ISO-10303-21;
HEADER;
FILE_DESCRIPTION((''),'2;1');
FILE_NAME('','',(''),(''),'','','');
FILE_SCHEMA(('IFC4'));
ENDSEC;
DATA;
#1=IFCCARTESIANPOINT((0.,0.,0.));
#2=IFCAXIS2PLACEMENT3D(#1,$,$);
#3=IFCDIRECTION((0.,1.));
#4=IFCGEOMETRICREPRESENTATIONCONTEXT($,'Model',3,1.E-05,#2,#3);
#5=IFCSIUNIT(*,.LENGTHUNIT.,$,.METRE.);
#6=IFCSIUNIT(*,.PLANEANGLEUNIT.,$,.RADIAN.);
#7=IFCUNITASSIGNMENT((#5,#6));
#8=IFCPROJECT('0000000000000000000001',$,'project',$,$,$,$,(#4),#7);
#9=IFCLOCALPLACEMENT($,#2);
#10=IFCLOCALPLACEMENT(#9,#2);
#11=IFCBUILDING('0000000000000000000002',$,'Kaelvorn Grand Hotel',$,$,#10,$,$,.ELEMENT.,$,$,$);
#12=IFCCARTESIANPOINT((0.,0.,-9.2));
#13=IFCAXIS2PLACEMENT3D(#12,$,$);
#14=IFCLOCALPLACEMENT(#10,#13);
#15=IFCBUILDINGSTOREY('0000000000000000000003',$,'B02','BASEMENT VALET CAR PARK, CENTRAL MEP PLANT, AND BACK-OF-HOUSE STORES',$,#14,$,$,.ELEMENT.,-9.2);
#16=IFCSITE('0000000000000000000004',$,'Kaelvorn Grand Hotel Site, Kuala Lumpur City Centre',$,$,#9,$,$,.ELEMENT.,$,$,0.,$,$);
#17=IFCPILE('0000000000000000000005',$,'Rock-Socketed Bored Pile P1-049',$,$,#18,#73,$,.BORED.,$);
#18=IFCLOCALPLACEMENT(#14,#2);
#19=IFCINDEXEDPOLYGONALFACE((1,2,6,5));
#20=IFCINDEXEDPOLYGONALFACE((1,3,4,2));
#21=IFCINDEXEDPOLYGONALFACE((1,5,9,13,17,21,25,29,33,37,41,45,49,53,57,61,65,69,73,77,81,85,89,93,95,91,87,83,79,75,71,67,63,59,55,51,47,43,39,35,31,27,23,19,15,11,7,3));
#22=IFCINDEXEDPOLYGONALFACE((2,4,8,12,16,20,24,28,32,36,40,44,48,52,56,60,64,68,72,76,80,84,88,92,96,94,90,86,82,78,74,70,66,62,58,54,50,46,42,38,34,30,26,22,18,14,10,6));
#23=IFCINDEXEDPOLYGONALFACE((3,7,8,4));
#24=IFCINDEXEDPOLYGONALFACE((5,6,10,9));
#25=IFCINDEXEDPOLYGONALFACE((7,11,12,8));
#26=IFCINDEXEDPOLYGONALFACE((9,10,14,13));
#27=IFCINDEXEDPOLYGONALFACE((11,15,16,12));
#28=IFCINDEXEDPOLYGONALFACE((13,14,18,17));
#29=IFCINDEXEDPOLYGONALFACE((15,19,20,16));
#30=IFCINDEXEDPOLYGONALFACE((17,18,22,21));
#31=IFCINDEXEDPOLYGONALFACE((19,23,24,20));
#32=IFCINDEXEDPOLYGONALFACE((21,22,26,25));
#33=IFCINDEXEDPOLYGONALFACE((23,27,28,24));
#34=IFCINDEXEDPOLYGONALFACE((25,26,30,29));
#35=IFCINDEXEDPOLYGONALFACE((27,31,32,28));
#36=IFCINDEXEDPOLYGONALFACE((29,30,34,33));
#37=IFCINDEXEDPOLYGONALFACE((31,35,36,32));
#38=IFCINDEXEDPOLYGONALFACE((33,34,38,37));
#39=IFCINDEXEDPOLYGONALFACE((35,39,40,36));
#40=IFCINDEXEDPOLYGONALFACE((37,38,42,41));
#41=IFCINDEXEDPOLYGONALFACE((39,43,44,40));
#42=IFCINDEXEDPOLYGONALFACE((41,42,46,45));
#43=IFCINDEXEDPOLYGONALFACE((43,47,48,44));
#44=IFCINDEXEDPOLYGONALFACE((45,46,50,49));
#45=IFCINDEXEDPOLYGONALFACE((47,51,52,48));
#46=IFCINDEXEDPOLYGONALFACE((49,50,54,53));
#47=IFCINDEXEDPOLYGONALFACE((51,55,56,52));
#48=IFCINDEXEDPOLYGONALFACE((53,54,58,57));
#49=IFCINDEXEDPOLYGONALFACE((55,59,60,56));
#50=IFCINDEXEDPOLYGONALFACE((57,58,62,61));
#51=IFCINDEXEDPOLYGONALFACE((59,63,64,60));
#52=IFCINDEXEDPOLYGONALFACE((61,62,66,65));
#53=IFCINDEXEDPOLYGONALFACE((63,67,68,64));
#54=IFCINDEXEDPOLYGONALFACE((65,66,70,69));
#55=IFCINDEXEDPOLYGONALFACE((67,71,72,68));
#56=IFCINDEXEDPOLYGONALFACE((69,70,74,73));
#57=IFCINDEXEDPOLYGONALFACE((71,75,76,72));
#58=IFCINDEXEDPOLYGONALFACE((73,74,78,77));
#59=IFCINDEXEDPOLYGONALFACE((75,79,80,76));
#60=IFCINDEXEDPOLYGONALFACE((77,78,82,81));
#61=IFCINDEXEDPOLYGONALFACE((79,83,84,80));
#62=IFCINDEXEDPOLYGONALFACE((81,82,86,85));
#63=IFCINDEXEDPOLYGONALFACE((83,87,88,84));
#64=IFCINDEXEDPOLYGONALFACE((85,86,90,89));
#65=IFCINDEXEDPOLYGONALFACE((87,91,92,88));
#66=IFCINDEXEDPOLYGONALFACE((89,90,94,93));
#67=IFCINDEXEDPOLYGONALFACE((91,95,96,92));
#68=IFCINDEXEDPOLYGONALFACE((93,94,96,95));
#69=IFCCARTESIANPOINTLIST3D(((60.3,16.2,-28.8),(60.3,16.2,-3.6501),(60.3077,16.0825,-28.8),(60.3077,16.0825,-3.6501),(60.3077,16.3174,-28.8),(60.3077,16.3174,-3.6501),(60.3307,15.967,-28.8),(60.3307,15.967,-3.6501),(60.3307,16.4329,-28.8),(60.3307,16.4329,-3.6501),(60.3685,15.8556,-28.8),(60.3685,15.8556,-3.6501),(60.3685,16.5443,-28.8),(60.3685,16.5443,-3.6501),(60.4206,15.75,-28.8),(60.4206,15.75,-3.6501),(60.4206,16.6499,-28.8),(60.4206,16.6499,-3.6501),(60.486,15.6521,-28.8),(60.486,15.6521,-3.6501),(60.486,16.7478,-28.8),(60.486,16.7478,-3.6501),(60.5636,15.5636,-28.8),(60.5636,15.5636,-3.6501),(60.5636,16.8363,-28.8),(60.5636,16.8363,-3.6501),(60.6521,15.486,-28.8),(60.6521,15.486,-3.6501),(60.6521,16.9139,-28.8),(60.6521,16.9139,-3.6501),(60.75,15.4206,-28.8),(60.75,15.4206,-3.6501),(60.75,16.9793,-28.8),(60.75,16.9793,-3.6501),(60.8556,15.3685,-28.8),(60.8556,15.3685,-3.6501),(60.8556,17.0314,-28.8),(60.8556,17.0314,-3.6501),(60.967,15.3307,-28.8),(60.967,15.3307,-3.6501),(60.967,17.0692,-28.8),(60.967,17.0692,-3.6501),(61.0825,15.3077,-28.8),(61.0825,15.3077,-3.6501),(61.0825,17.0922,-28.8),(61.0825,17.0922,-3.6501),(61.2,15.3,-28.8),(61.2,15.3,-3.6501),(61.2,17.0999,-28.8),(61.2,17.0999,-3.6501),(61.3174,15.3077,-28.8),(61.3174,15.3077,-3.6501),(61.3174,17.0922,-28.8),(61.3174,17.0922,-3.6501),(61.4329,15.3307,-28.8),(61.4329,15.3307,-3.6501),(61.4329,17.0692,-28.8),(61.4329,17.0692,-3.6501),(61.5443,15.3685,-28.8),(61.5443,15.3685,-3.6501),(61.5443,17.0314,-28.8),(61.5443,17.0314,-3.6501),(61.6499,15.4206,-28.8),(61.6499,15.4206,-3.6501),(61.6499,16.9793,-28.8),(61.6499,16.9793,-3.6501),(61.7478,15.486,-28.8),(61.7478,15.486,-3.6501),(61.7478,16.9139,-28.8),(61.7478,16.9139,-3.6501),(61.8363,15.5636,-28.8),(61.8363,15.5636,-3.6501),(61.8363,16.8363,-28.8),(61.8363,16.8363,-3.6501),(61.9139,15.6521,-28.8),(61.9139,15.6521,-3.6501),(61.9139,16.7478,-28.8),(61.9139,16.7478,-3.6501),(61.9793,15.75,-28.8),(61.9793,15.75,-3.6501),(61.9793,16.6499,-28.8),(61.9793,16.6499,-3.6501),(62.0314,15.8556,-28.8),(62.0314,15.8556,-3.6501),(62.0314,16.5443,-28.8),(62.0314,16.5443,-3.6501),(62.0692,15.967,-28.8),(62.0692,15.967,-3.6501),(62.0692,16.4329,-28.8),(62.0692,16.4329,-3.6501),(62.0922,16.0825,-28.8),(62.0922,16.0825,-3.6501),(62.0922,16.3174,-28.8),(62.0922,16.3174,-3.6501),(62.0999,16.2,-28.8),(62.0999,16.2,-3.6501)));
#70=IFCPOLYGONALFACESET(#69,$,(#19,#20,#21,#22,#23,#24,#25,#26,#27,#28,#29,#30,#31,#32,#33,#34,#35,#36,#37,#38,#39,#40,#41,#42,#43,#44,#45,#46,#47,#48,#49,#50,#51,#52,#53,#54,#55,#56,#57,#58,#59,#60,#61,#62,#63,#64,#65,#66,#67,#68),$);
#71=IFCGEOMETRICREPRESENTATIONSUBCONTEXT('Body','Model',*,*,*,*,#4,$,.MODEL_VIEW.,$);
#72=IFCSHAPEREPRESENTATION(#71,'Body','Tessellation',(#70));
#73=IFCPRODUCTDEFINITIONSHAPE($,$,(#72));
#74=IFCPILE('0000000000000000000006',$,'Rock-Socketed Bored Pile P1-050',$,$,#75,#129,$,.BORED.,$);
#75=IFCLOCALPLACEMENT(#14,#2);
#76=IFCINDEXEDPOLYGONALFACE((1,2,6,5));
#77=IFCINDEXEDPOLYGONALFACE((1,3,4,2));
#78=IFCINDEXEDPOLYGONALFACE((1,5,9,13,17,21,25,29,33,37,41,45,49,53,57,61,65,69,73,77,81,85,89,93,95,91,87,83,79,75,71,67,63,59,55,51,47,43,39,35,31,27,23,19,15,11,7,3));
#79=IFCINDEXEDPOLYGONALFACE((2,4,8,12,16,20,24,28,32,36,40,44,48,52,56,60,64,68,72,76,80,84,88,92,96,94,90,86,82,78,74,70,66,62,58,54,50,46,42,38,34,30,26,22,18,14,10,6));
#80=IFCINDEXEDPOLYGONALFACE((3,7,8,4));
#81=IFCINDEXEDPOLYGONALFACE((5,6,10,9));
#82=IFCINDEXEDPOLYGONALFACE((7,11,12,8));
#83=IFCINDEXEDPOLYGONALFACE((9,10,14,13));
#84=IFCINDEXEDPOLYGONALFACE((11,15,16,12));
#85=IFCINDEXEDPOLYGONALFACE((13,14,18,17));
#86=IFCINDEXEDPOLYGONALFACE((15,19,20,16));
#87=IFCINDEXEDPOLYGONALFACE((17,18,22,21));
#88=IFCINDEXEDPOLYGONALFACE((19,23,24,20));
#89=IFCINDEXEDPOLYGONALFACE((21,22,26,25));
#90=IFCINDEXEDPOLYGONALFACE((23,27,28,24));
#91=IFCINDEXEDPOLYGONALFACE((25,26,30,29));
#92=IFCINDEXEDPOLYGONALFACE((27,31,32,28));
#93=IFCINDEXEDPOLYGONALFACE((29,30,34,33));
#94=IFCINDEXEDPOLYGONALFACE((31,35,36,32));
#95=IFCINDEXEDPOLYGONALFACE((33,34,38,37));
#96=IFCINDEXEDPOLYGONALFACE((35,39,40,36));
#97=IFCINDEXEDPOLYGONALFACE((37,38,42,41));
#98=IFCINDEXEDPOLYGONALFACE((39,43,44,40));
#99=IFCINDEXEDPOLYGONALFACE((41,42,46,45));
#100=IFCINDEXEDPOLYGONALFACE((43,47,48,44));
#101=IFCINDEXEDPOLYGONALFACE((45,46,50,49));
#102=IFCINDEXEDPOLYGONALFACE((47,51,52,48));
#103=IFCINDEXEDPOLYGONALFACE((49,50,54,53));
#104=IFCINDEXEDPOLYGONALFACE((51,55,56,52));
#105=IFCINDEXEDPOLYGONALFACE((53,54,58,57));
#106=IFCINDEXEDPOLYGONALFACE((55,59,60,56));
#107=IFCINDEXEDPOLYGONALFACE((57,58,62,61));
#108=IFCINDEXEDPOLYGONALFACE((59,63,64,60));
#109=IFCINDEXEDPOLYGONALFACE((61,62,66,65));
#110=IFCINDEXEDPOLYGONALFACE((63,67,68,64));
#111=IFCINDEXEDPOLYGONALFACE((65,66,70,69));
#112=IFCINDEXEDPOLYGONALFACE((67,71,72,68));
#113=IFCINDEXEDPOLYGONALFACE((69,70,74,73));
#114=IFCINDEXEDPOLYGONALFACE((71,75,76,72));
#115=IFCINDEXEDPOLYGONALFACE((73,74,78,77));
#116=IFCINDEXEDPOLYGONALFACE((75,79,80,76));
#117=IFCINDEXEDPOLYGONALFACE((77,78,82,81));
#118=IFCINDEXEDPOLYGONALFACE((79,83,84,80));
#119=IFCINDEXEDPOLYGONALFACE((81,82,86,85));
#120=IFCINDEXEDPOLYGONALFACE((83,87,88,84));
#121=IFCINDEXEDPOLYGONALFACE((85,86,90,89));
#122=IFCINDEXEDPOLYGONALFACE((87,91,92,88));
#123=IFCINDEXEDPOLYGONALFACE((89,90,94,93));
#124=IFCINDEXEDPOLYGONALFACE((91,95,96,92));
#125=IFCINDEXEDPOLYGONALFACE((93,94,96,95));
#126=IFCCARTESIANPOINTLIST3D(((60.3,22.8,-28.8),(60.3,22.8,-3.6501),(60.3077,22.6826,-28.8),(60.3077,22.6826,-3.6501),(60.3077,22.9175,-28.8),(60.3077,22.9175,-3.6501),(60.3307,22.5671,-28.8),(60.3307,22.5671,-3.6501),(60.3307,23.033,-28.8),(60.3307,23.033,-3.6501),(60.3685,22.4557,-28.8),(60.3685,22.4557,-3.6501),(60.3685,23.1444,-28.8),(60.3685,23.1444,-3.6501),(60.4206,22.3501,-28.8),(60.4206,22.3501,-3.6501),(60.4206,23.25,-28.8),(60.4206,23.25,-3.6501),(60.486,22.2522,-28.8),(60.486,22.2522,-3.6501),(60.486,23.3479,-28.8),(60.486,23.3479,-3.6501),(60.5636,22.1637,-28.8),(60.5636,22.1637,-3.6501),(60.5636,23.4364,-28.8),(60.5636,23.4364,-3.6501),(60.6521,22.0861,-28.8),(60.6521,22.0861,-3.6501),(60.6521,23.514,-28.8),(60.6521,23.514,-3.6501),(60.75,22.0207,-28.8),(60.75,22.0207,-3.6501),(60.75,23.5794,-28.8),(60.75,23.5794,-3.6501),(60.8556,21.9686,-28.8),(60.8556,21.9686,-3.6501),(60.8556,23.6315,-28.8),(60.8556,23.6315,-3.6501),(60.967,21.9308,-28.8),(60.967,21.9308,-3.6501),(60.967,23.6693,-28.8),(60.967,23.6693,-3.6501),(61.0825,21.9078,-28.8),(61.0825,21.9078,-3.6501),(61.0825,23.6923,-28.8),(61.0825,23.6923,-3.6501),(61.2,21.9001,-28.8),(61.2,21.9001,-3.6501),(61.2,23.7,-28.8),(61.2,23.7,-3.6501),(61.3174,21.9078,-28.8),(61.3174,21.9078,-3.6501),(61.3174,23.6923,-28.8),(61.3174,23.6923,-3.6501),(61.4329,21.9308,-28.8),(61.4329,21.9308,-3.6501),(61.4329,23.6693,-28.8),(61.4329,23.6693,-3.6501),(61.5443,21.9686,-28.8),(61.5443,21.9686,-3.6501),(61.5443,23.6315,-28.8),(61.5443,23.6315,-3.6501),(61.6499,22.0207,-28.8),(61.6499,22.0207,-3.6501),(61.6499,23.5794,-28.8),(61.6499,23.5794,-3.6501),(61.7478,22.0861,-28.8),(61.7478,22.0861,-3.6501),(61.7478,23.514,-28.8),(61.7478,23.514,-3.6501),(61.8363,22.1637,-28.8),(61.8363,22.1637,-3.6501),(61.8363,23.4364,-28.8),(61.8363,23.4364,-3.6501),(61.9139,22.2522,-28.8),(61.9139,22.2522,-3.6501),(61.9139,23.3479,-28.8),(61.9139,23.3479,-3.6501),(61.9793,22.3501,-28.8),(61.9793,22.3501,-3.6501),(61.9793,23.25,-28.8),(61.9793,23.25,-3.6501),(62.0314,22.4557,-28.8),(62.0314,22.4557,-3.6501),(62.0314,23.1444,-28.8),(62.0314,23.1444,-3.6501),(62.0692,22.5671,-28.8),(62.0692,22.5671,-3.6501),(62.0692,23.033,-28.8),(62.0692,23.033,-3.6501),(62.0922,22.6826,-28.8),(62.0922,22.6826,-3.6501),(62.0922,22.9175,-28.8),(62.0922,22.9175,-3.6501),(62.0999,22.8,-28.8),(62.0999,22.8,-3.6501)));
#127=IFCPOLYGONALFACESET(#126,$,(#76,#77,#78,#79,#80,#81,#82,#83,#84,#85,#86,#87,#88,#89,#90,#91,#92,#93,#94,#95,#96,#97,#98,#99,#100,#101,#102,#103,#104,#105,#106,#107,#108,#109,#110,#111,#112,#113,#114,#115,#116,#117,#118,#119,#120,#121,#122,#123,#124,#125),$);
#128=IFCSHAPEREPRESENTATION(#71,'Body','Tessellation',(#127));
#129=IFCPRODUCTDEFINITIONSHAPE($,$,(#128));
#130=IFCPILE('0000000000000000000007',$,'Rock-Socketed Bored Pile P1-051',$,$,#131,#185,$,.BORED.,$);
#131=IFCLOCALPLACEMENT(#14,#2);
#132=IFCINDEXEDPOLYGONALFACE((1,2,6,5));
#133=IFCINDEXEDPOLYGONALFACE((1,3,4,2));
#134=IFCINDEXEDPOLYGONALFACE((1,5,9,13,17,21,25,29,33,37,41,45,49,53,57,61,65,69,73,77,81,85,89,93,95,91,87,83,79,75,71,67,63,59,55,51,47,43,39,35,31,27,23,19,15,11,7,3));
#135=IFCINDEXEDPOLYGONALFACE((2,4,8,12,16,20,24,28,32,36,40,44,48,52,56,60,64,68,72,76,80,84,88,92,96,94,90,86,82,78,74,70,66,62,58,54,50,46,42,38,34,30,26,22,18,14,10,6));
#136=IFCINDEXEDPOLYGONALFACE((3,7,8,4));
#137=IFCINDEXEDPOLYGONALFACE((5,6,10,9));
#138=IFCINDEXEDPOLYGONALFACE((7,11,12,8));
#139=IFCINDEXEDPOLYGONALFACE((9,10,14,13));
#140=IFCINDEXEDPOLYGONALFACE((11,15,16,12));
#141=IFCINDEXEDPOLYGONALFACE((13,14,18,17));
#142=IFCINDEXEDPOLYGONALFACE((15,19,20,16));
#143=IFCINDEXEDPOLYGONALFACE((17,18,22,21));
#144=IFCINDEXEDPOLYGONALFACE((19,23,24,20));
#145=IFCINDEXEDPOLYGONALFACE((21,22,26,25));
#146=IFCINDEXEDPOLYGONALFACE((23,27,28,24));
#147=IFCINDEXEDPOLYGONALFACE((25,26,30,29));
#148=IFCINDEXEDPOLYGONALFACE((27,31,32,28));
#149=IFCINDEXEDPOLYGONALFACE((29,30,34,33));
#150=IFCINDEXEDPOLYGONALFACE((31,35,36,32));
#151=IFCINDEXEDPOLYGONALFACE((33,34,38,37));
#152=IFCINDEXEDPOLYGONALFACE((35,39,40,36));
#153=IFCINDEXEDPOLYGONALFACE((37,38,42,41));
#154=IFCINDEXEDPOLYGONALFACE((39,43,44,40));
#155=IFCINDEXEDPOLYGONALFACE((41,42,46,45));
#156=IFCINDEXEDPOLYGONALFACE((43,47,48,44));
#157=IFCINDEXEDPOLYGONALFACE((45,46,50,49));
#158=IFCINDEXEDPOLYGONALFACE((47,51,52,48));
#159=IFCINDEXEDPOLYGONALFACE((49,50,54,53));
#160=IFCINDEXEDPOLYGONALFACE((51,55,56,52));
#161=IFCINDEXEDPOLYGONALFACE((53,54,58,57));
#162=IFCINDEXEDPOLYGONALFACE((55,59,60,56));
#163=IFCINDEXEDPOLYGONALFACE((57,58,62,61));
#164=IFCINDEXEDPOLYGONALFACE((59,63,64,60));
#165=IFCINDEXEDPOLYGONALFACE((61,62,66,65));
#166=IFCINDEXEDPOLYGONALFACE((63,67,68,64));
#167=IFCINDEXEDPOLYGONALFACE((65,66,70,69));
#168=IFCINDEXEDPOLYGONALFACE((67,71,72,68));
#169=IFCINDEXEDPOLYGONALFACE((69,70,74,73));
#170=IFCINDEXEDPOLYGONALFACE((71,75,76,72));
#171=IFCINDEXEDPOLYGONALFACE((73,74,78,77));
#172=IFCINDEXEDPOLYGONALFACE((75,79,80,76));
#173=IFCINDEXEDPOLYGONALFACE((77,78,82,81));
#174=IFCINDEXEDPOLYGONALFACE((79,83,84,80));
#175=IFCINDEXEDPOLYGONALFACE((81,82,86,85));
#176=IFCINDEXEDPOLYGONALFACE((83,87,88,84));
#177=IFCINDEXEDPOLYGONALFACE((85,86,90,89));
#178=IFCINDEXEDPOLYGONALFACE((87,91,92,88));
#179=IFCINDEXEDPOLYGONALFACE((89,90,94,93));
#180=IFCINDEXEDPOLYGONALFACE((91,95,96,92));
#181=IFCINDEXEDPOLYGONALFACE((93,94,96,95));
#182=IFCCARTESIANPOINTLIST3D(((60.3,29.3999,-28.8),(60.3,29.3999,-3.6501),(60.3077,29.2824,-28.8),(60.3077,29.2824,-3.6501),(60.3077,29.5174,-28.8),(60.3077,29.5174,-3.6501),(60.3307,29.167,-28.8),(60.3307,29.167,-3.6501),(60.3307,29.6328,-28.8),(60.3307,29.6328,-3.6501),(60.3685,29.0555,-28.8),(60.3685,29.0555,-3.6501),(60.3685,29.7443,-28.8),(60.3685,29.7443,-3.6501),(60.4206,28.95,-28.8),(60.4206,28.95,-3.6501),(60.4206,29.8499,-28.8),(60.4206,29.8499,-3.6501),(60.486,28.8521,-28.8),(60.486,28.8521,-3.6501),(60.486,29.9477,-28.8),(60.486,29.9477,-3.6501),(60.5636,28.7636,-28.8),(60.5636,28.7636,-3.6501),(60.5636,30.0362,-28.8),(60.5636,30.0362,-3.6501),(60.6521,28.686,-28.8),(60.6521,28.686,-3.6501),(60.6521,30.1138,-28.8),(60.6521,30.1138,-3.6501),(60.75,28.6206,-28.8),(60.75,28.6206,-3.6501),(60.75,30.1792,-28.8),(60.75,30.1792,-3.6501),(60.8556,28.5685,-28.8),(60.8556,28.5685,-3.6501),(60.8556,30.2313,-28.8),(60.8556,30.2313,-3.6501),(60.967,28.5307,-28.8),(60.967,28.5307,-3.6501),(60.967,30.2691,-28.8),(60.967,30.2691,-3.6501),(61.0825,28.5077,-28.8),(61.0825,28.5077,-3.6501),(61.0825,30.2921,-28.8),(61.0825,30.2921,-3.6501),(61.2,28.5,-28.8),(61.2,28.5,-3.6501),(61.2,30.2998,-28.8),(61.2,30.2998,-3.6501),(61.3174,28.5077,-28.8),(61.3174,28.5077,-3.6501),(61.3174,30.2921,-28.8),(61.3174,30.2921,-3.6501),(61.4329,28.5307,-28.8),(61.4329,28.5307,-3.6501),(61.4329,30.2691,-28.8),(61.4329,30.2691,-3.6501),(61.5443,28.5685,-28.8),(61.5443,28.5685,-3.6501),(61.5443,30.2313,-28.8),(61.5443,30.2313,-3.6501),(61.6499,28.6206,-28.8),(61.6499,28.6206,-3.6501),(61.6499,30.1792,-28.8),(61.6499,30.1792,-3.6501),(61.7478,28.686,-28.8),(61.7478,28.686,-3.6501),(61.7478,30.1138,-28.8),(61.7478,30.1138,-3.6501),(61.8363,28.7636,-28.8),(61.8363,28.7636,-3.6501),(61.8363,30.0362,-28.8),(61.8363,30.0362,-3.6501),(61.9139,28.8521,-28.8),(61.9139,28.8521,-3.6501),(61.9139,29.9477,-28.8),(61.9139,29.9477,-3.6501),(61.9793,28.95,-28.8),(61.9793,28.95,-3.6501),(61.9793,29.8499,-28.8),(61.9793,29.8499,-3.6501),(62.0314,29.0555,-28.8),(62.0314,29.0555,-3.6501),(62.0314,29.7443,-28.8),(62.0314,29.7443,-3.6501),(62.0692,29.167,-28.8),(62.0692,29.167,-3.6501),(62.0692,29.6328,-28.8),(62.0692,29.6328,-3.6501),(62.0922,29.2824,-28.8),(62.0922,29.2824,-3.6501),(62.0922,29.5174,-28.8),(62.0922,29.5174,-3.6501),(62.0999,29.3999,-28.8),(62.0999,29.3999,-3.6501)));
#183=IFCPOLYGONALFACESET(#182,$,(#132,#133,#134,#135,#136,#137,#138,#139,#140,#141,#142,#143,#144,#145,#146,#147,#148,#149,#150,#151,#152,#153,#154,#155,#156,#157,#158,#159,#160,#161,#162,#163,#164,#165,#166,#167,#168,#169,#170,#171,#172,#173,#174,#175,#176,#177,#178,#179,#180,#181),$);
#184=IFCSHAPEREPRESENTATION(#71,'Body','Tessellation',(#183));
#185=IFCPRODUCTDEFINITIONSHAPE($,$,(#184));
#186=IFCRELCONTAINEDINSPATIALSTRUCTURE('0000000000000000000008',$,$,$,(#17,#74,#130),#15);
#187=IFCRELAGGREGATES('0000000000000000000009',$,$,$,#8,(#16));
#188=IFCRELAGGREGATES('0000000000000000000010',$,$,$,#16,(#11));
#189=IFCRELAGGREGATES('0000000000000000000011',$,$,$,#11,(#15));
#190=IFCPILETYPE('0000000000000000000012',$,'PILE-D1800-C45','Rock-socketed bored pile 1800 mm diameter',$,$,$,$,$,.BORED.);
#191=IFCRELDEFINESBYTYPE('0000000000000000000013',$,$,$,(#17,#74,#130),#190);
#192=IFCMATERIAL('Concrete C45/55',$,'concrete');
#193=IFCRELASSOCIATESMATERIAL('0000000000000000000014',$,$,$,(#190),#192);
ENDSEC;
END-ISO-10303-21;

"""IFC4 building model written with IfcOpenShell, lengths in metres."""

from ifc_helpers import new_model, si_unit, direction, frame, origin, origin_2d, place, context, subcontext, project, spatial, circle, extrude, material, material_profile, profile_set, type_object, element, save


model = new_model("IFC4")

# Units and contexts
model_context = context("Model", 3, precision=1e-05, world=origin(), true_north=direction((0.0, 1.0)))
body_context = subcontext(model_context, "Body", "Model", "MODEL_VIEW")
ifc_project = project(units=[si_unit("LENGTHUNIT", "METRE"), si_unit("PLANEANGLEUNIT", "RADIAN")], contexts=[model_context])

# Site, building, storey
site_placement = place(None, origin())
site = spatial("IfcSite", under=ifc_project, at=site_placement, Name="Kaelvorn Grand Hotel Site, Kuala Lumpur City Centre", CompositionType="ELEMENT", RefElevation=0.0)
building_placement = place(site_placement, origin())
building = spatial("IfcBuilding", under=site, at=building_placement, Name="Kaelvorn Grand Hotel", CompositionType="ELEMENT")
storey_placement = place(building_placement, frame((0.0, 0.0, -9.2)))
storey = spatial("IfcBuildingStorey", under=building, at=storey_placement, Name="B02", Description="BASEMENT VALET CAR PARK, CENTRAL MEP PLANT, AND BACK-OF-HOUSE STORES", CompositionType="ELEMENT", Elevation=-9.2)

# Piles
ifc_material_1 = material(Name="Concrete C45/55", Category="concrete")
ifc_material_profile_1 = material_profile(ifc_material_1, circle(Radius=0.8999, at=origin_2d()), Name="BORED PILE D1800")
ifc_profile_set_1 = profile_set([ifc_material_profile_1], Name="Concrete C45/55")
pile_type = type_object("IfcPileType", Name="PILE-D1800-C45", Description="Rock-socketed bored pile 1800 mm diameter", PredefinedType="BORED", material=ifc_profile_set_1)
for number, where, z_axis, x_axis, name in (
    (1, (61.2, 16.2, -3.6501), (0.0, 0.0, -1.0), (1.0, 0.0, 0.0), "Rock-Socketed Bored Pile P1-049"),
    (2, (61.2, 22.8, -3.6501), (0.0, 0.0, -1.0), (1.0, 0.0, 0.0), "Rock-Socketed Bored Pile P1-050"),
    (3, (61.2, 29.3999, -3.6501), (0.0, 0.0, -1.0), (1.0, 0.0, 0.0), "Rock-Socketed Bored Pile P1-051"),
):
    element("IfcPile", number, at=place(storey_placement, frame(where, z_axis=z_axis, x_axis=x_axis)), inside=storey, type_object=pile_type, Name=name, PredefinedType="BORED", context=body_context, shape_type="SweptSolid", body=[
        extrude(circle(Radius=0.8999, at=origin_2d()), origin(), (0.0, 0.0, 1.0), 25.1499),
    ])

save(model, "model.ifc")
